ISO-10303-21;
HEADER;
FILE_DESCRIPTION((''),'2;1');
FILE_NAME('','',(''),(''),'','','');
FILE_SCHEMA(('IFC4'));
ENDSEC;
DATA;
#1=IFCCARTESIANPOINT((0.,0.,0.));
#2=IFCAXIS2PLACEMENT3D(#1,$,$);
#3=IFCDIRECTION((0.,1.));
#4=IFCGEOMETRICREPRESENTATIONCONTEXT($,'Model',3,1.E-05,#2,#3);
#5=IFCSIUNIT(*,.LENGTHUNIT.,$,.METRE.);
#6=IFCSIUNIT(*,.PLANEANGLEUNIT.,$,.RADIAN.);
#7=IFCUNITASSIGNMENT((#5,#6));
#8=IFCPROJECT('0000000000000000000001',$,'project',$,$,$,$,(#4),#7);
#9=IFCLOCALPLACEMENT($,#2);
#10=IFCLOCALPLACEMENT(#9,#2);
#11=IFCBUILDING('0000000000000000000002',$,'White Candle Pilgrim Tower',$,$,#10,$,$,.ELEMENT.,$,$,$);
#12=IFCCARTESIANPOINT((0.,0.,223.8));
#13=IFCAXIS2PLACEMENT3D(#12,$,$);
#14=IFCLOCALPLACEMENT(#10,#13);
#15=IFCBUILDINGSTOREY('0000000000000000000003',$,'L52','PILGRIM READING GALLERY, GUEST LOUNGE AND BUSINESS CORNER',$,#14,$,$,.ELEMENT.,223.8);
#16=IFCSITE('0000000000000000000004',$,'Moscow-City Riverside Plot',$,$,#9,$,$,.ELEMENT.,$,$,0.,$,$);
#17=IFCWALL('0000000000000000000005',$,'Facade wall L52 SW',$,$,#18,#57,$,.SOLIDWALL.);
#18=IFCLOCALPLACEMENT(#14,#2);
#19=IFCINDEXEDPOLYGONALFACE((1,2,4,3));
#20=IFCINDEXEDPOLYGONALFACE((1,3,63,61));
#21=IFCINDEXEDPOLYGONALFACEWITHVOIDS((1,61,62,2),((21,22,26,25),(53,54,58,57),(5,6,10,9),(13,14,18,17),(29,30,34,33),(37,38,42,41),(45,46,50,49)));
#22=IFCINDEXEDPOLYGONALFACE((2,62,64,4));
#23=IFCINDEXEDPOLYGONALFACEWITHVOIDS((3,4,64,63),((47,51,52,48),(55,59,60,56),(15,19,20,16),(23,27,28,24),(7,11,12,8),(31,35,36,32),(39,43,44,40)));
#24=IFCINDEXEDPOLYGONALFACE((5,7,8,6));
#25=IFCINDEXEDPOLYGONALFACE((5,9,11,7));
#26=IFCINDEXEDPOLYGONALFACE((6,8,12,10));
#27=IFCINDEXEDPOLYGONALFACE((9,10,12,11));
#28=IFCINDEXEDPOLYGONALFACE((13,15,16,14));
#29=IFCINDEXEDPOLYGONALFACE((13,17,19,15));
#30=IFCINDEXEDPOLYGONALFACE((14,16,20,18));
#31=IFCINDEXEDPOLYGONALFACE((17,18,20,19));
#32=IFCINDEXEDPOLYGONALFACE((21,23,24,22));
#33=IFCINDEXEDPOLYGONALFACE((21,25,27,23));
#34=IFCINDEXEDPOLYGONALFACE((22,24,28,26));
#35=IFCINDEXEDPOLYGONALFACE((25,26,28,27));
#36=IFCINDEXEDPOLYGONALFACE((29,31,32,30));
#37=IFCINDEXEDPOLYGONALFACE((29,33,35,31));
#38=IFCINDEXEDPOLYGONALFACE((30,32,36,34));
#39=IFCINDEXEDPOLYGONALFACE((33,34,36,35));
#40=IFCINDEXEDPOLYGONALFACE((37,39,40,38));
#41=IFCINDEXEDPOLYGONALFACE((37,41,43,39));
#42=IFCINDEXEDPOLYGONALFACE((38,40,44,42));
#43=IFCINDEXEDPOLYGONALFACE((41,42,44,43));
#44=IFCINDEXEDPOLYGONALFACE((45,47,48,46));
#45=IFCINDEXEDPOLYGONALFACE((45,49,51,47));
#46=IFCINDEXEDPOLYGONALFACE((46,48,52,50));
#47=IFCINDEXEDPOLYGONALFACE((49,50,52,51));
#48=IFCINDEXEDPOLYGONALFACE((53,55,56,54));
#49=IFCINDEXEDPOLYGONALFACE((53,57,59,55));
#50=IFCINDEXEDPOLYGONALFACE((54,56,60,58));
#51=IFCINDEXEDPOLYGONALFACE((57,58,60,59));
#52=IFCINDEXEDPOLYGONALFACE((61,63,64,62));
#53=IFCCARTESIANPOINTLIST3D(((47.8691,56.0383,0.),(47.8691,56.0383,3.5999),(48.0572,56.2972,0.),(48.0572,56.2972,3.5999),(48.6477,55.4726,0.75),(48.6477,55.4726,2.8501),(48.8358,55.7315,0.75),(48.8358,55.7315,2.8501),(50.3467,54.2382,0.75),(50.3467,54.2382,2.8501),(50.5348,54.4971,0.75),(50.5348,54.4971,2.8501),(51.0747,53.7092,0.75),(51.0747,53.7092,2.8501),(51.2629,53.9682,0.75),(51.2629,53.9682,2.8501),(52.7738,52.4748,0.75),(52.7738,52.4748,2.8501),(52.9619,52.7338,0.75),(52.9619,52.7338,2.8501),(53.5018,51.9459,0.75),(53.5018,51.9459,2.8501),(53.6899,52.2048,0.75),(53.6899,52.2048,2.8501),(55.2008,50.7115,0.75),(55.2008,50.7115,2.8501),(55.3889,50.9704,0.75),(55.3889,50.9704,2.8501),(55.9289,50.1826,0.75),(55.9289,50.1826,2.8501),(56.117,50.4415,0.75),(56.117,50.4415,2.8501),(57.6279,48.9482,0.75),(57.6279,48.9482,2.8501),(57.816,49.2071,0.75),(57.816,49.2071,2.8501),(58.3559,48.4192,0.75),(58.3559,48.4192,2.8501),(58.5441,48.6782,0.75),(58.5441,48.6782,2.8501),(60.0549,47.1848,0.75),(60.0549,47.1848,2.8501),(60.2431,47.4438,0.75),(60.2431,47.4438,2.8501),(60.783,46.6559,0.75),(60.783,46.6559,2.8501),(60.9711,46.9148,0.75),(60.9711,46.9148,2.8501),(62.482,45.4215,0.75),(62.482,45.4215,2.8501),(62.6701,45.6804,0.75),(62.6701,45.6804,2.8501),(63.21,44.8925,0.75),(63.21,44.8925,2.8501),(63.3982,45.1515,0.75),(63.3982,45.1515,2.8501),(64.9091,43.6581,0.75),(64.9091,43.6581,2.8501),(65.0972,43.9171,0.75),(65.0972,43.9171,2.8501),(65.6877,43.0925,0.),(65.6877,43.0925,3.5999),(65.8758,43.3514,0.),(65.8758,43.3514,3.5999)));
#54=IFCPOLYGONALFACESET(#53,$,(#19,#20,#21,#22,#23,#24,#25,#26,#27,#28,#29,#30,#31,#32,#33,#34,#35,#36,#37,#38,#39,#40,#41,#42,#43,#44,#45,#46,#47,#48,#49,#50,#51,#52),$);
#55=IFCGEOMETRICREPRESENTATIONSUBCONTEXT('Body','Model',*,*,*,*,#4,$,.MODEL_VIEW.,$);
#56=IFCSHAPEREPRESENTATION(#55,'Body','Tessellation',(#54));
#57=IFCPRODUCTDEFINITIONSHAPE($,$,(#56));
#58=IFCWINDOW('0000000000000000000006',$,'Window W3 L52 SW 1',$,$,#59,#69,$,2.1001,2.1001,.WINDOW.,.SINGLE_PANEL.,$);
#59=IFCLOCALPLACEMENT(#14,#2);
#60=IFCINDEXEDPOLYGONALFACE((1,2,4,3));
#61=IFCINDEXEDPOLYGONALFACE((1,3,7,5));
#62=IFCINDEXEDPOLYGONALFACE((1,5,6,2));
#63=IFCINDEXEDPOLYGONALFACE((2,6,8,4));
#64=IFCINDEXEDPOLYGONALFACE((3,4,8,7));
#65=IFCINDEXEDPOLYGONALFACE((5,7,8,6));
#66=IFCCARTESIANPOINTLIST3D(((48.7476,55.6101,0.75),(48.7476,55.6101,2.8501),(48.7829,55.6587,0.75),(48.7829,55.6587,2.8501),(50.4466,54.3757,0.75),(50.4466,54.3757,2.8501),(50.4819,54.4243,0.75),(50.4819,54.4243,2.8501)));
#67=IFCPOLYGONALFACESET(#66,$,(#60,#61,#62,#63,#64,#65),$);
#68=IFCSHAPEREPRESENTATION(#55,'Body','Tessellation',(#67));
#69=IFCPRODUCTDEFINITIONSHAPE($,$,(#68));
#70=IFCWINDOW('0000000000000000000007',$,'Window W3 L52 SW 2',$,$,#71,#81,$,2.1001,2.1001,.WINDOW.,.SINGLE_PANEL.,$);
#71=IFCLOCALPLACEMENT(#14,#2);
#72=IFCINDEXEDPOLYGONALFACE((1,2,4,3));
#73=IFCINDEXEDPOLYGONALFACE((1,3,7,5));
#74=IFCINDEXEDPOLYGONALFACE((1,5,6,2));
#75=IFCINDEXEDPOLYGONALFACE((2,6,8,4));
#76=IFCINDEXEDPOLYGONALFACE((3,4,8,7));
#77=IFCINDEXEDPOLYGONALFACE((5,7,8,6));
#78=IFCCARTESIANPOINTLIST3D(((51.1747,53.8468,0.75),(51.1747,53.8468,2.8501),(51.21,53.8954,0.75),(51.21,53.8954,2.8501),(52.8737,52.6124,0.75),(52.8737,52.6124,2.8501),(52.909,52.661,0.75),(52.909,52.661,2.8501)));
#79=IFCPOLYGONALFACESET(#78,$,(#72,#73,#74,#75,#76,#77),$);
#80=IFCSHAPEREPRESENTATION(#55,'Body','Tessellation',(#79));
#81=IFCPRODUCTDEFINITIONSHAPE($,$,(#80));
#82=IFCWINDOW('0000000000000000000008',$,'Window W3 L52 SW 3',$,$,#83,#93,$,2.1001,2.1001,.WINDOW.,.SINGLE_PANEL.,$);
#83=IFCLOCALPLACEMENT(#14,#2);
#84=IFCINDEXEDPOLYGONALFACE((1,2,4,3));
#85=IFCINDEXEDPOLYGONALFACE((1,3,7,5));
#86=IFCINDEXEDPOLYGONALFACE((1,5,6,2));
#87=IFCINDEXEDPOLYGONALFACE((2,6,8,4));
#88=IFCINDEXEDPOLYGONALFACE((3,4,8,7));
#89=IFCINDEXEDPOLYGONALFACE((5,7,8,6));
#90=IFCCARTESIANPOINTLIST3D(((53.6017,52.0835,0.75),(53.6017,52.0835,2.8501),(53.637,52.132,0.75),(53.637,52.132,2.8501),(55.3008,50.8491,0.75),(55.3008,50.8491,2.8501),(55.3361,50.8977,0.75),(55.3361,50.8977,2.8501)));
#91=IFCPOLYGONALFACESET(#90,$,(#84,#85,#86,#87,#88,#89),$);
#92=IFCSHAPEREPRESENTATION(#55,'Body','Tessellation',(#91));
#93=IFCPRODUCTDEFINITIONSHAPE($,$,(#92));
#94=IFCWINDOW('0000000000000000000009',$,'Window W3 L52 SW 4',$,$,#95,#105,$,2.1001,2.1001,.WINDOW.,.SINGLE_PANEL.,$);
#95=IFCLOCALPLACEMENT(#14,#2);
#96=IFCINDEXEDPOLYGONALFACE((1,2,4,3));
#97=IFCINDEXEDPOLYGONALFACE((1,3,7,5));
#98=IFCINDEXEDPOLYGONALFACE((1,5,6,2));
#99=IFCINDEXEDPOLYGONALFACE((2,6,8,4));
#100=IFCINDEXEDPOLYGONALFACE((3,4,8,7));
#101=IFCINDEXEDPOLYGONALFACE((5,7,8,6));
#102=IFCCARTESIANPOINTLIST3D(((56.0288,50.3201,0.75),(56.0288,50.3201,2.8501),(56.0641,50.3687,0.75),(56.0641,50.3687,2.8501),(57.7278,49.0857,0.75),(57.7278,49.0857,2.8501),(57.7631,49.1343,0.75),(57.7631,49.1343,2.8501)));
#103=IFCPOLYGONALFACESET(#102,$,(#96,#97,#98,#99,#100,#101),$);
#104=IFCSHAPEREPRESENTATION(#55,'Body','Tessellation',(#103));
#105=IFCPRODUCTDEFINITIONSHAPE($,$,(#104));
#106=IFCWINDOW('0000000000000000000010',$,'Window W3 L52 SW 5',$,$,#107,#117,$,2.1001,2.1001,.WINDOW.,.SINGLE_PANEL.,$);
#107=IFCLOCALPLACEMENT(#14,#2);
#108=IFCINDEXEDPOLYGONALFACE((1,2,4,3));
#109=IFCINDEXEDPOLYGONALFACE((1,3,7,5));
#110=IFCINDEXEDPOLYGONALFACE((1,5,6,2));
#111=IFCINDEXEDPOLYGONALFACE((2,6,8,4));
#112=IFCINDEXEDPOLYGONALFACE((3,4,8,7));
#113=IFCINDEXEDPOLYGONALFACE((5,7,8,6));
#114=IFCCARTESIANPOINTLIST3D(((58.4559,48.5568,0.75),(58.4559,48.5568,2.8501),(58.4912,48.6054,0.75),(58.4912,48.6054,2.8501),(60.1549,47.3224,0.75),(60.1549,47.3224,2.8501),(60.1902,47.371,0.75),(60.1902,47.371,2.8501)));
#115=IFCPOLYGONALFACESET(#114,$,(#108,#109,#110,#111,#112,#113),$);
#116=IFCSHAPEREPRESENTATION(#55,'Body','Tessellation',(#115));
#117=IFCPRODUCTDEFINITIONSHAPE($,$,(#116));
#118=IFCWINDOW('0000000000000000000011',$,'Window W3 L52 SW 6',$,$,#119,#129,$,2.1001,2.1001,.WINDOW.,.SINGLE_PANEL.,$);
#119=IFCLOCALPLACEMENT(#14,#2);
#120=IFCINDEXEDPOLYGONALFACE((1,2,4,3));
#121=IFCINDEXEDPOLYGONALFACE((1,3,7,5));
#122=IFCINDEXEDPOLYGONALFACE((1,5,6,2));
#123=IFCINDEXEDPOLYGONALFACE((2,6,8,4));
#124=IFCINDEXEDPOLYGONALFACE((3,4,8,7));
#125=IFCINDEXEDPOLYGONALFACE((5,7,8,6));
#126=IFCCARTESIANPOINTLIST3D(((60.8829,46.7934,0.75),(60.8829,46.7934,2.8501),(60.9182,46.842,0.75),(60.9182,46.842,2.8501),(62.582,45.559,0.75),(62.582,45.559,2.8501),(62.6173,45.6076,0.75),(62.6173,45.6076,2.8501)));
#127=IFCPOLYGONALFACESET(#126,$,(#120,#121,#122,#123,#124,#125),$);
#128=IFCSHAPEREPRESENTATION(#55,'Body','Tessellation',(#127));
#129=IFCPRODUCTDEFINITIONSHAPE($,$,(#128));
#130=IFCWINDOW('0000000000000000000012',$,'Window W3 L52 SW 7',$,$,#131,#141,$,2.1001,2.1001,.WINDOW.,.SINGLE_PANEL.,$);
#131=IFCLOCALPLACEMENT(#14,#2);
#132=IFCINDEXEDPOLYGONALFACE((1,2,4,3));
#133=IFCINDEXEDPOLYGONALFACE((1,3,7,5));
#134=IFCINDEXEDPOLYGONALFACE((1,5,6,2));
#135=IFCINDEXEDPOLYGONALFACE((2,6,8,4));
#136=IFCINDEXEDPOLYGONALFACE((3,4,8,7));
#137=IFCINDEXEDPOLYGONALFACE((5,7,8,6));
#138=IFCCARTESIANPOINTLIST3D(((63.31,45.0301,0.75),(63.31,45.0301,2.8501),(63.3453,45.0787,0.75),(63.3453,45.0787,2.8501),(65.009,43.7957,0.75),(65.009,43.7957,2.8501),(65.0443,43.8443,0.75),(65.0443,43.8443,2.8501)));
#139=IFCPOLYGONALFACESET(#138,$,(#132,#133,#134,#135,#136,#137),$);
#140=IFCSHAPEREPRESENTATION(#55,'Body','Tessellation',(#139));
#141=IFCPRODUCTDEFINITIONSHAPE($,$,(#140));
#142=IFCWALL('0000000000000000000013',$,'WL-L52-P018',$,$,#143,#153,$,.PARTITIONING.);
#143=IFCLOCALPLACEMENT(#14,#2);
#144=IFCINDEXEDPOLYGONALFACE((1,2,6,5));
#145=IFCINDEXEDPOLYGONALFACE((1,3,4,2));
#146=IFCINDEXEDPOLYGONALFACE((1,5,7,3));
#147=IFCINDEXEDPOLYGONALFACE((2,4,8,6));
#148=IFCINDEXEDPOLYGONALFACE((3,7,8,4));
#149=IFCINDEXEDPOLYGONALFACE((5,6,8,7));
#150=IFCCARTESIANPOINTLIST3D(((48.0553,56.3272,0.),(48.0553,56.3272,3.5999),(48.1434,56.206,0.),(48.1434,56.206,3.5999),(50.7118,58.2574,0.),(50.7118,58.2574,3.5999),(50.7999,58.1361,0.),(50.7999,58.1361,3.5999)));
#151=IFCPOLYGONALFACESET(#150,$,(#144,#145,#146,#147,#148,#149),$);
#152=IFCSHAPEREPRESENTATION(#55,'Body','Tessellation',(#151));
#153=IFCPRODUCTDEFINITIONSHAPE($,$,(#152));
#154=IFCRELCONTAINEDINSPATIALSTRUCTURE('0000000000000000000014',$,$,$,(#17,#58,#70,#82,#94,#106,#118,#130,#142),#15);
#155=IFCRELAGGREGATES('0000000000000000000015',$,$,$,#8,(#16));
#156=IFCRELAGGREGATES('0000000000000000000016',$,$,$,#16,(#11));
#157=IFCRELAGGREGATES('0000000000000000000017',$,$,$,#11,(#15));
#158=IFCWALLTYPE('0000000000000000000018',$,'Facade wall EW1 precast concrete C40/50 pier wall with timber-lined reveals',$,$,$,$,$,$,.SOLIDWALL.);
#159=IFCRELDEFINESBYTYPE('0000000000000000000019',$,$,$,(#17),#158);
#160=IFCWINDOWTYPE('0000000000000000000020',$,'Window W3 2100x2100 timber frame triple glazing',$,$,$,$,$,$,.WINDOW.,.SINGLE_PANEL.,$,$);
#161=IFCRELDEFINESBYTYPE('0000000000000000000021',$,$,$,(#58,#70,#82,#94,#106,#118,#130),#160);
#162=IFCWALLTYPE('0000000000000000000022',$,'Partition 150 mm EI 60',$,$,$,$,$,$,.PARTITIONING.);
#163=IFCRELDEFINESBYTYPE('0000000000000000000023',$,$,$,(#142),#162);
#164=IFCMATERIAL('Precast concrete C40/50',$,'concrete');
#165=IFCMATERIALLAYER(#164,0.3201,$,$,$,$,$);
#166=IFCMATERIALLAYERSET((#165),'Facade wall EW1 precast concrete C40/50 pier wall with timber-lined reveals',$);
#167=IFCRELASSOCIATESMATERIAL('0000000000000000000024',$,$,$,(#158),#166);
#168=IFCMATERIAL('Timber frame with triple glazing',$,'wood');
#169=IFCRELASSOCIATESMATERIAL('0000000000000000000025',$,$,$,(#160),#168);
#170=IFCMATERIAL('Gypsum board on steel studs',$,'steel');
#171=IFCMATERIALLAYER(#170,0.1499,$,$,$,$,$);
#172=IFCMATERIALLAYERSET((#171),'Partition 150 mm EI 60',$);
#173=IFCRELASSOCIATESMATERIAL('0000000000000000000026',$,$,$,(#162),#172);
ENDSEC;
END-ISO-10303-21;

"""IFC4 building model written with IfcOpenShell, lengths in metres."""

from ifc_helpers import new_model, si_unit, direction, frame, frame_2d, origin, place, context, subcontext, project, spatial, rectangle, extrude, material, layer, layer_set, type_object, element, fill, save


model = new_model("IFC4")

# Units and contexts
model_context = context("Model", 3, precision=1e-05, world=origin(), true_north=direction((0.0, 1.0)))
body_context = subcontext(model_context, "Body", "Model", "MODEL_VIEW")
ifc_project = project(units=[si_unit("LENGTHUNIT", "METRE"), si_unit("PLANEANGLEUNIT", "RADIAN")], contexts=[model_context])

# Site, building, storey
site_placement = place(None, origin())
site = spatial("IfcSite", under=ifc_project, at=site_placement, Name="Moscow-City Riverside Plot", CompositionType="ELEMENT", RefElevation=0.0)
building_placement = place(site_placement, origin())
building = spatial("IfcBuilding", under=site, at=building_placement, Name="White Candle Pilgrim Tower", CompositionType="ELEMENT")
storey_placement = place(building_placement, frame((0.0, 0.0, 223.8)))
storey = spatial("IfcBuildingStorey", under=building, at=storey_placement, Name="L52", Description="PILGRIM READING GALLERY, GUEST LOUNGE AND BUSINESS CORNER", CompositionType="ELEMENT", Elevation=223.8)

# Shared definitions
ifc_material_1 = material(Name="Gypsum board on steel studs", Category="steel")

# Wall, openings, windows
ifc_material_2 = material(Name="Precast concrete C40/50", Category="concrete")
ifc_layer_1 = layer(ifc_material_2, 0.3201)
ifc_layer_set_1 = layer_set([ifc_layer_1], Name="Facade wall EW1 precast concrete C40/50 pier wall with timber-lined reveals")
wall_type_1 = type_object("IfcWallType", Name="Facade wall EW1 precast concrete C40/50 pier wall with timber-lined reveals", PredefinedType="SOLIDWALL", material=ifc_layer_set_1)
ifc_material_3 = material(Name="Timber frame with triple glazing", Category="wood")
wall_1_placement = place(storey_placement, frame((47.9631, 56.1677, 0.0), z_axis=(0.0, 0.0, 1.0), x_axis=(0.809021, -0.58778, 0.0)))
wall_1 = element("IfcWall", 1, at=wall_1_placement, inside=storey, type_object=wall_type_1, Name="Facade wall L52 SW", PredefinedType="SOLIDWALL", context=body_context, shape_type="SweptSolid", body=[
    extrude(rectangle(XDim=22.0249, YDim=0.3201, at=frame_2d((11.0125, 0.0))), origin(), (0.0, 0.0, 1.0), 3.5999),
])
opening_1_placement = place(wall_1_placement, frame((0.9624, 0.0, 0.75)))
opening_1 = element("IfcOpeningElement", 2, at=opening_1_placement, cuts=wall_1, PredefinedType="OPENING", context=body_context, shape_type="SweptSolid", body=[
    extrude(rectangle(XDim=2.1001, YDim=2.1001, at=frame_2d((1.05, 1.05))), frame((0.0, 0.1699, 0.0), z_axis=(0.0, -1.0, 0.0), x_axis=(1.0, 0.0, 0.0)), (0.0, 0.0, 1.0), 0.3401),
])
opening_2_placement = place(wall_1_placement, frame((3.9624, 0.0, 0.75)))
opening_2 = element("IfcOpeningElement", 3, at=opening_2_placement, cuts=wall_1, PredefinedType="OPENING", context=body_context, shape_type="SweptSolid", body=[
    extrude(rectangle(XDim=2.1001, YDim=2.1001, at=frame_2d((1.05, 1.05))), frame((0.0, 0.1699, 0.0), z_axis=(0.0, -1.0, 0.0), x_axis=(1.0, 0.0, 0.0)), (0.0, 0.0, 1.0), 0.3401),
])
opening_3_placement = place(wall_1_placement, frame((6.9624, 0.0, 0.75)))
opening_3 = element("IfcOpeningElement", 4, at=opening_3_placement, cuts=wall_1, PredefinedType="OPENING", context=body_context, shape_type="SweptSolid", body=[
    extrude(rectangle(XDim=2.1001, YDim=2.1001, at=frame_2d((1.05, 1.05))), frame((0.0, 0.1699, 0.0), z_axis=(0.0, -1.0, 0.0), x_axis=(1.0, 0.0, 0.0)), (0.0, 0.0, 1.0), 0.3401),
])
opening_4_placement = place(wall_1_placement, frame((9.9624, 0.0, 0.75)))
opening_4 = element("IfcOpeningElement", 5, at=opening_4_placement, cuts=wall_1, PredefinedType="OPENING", context=body_context, shape_type="SweptSolid", body=[
    extrude(rectangle(XDim=2.1001, YDim=2.1001, at=frame_2d((1.05, 1.05))), frame((0.0, 0.1699, 0.0), z_axis=(0.0, -1.0, 0.0), x_axis=(1.0, 0.0, 0.0)), (0.0, 0.0, 1.0), 0.3401),
])
opening_5_placement = place(wall_1_placement, frame((12.9624, 0.0, 0.75)))
opening_5 = element("IfcOpeningElement", 6, at=opening_5_placement, cuts=wall_1, PredefinedType="OPENING", context=body_context, shape_type="SweptSolid", body=[
    extrude(rectangle(XDim=2.1001, YDim=2.1001, at=frame_2d((1.05, 1.05))), frame((0.0, 0.1699, 0.0), z_axis=(0.0, -1.0, 0.0), x_axis=(1.0, 0.0, 0.0)), (0.0, 0.0, 1.0), 0.3401),
])
opening_6_placement = place(wall_1_placement, frame((15.9624, 0.0, 0.75)))
opening_6 = element("IfcOpeningElement", 7, at=opening_6_placement, cuts=wall_1, PredefinedType="OPENING", context=body_context, shape_type="SweptSolid", body=[
    extrude(rectangle(XDim=2.1001, YDim=2.1001, at=frame_2d((1.05, 1.05))), frame((0.0, 0.1699, 0.0), z_axis=(0.0, -1.0, 0.0), x_axis=(1.0, 0.0, 0.0)), (0.0, 0.0, 1.0), 0.3401),
])
opening_7_placement = place(wall_1_placement, frame((18.9624, 0.0, 0.75)))
opening_7 = element("IfcOpeningElement", 8, at=opening_7_placement, cuts=wall_1, PredefinedType="OPENING", context=body_context, shape_type="SweptSolid", body=[
    extrude(rectangle(XDim=2.1001, YDim=2.1001, at=frame_2d((1.05, 1.05))), frame((0.0, 0.1699, 0.0), z_axis=(0.0, -1.0, 0.0), x_axis=(1.0, 0.0, 0.0)), (0.0, 0.0, 1.0), 0.3401),
])
window_type_1 = type_object("IfcWindowType", Name="Window W3 2100x2100 timber frame triple glazing", PartitioningType="SINGLE_PANEL", PredefinedType="WINDOW", material=ifc_material_3)
window_1_placement = place(opening_1_placement, origin())
window_1 = element("IfcWindow", 9, at=window_1_placement, inside=storey, type_object=window_type_1, Name="Window W3 L52 SW 1", OverallHeight=2.1001, OverallWidth=2.1001, PartitioningType="SINGLE_PANEL", PredefinedType="WINDOW", context=body_context, shape_type="SweptSolid", body=[
    extrude(rectangle(XDim=2.1001, YDim=2.1001, at=frame_2d((1.05, 1.05))), frame((0.0, 0.0701, 0.0), z_axis=(0.0, -1.0, 0.0), x_axis=(1.0, 0.0, 0.0)), (0.0, 0.0, 1.0), 0.0601),
])
fill(opening_1, window_1)
window_2_placement = place(opening_2_placement, origin())
window_2 = element("IfcWindow", 10, at=window_2_placement, inside=storey, type_object=window_type_1, Name="Window W3 L52 SW 2", OverallHeight=2.1001, OverallWidth=2.1001, PartitioningType="SINGLE_PANEL", PredefinedType="WINDOW", context=body_context, shape_type="SweptSolid", body=[
    extrude(rectangle(XDim=2.1001, YDim=2.1001, at=frame_2d((1.05, 1.05))), frame((0.0, 0.0701, 0.0), z_axis=(0.0, -1.0, 0.0), x_axis=(1.0, 0.0, 0.0)), (0.0, 0.0, 1.0), 0.0601),
])
fill(opening_2, window_2)
window_3_placement = place(opening_3_placement, origin())
window_3 = element("IfcWindow", 11, at=window_3_placement, inside=storey, type_object=window_type_1, Name="Window W3 L52 SW 3", OverallHeight=2.1001, OverallWidth=2.1001, PartitioningType="SINGLE_PANEL", PredefinedType="WINDOW", context=body_context, shape_type="SweptSolid", body=[
    extrude(rectangle(XDim=2.1001, YDim=2.1001, at=frame_2d((1.05, 1.05))), frame((0.0, 0.0701, 0.0), z_axis=(0.0, -1.0, 0.0), x_axis=(1.0, 0.0, 0.0)), (0.0, 0.0, 1.0), 0.0601),
])
fill(opening_3, window_3)
window_4_placement = place(opening_4_placement, origin())
window_4 = element("IfcWindow", 12, at=window_4_placement, inside=storey, type_object=window_type_1, Name="Window W3 L52 SW 4", OverallHeight=2.1001, OverallWidth=2.1001, PartitioningType="SINGLE_PANEL", PredefinedType="WINDOW", context=body_context, shape_type="SweptSolid", body=[
    extrude(rectangle(XDim=2.1001, YDim=2.1001, at=frame_2d((1.05, 1.05))), frame((0.0, 0.0701, 0.0), z_axis=(0.0, -1.0, 0.0), x_axis=(1.0, 0.0, 0.0)), (0.0, 0.0, 1.0), 0.0601),
])
fill(opening_4, window_4)
window_5_placement = place(opening_5_placement, origin())
window_5 = element("IfcWindow", 13, at=window_5_placement, inside=storey, type_object=window_type_1, Name="Window W3 L52 SW 5", OverallHeight=2.1001, OverallWidth=2.1001, PartitioningType="SINGLE_PANEL", PredefinedType="WINDOW", context=body_context, shape_type="SweptSolid", body=[
    extrude(rectangle(XDim=2.1001, YDim=2.1001, at=frame_2d((1.05, 1.05))), frame((0.0, 0.0701, 0.0), z_axis=(0.0, -1.0, 0.0), x_axis=(1.0, 0.0, 0.0)), (0.0, 0.0, 1.0), 0.0601),
])
fill(opening_5, window_5)
window_6_placement = place(opening_6_placement, origin())
window_6 = element("IfcWindow", 14, at=window_6_placement, inside=storey, type_object=window_type_1, Name="Window W3 L52 SW 6", OverallHeight=2.1001, OverallWidth=2.1001, PartitioningType="SINGLE_PANEL", PredefinedType="WINDOW", context=body_context, shape_type="SweptSolid", body=[
    extrude(rectangle(XDim=2.1001, YDim=2.1001, at=frame_2d((1.05, 1.05))), frame((0.0, 0.0701, 0.0), z_axis=(0.0, -1.0, 0.0), x_axis=(1.0, 0.0, 0.0)), (0.0, 0.0, 1.0), 0.0601),
])
fill(opening_6, window_6)
window_7_placement = place(opening_7_placement, origin())
window_7 = element("IfcWindow", 15, at=window_7_placement, inside=storey, type_object=window_type_1, Name="Window W3 L52 SW 7", OverallHeight=2.1001, OverallWidth=2.1001, PartitioningType="SINGLE_PANEL", PredefinedType="WINDOW", context=body_context, shape_type="SweptSolid", body=[
    extrude(rectangle(XDim=2.1001, YDim=2.1001, at=frame_2d((1.05, 1.05))), frame((0.0, 0.0701, 0.0), z_axis=(0.0, -1.0, 0.0), x_axis=(1.0, 0.0, 0.0)), (0.0, 0.0, 1.0), 0.0601),
])
fill(opening_7, window_7)

# Wall
ifc_layer_2 = layer(ifc_material_1, 0.1499)
ifc_layer_set_2 = layer_set([ifc_layer_2], Name="Partition 150 mm EI 60")
wall_type_2 = type_object("IfcWallType", Name="Partition 150 mm EI 60", PredefinedType="PARTITIONING", material=ifc_layer_set_2)
wall_2_placement = place(storey_placement, frame((48.0994, 56.2666, 0.0), z_axis=(0.0, 0.0, 1.0), x_axis=(0.809, 0.587809, 0.0)))
element("IfcWall", 16, at=wall_2_placement, inside=storey, type_object=wall_type_2, Name="WL-L52-P018", PredefinedType="PARTITIONING", context=body_context, shape_type="SweptSolid", body=[
    extrude(rectangle(XDim=3.2837, YDim=0.1499, at=frame_2d((1.6418, 0.0))), origin(), (0.0, 0.0, 1.0), 3.5999),
])

save(model, "model.ifc")
